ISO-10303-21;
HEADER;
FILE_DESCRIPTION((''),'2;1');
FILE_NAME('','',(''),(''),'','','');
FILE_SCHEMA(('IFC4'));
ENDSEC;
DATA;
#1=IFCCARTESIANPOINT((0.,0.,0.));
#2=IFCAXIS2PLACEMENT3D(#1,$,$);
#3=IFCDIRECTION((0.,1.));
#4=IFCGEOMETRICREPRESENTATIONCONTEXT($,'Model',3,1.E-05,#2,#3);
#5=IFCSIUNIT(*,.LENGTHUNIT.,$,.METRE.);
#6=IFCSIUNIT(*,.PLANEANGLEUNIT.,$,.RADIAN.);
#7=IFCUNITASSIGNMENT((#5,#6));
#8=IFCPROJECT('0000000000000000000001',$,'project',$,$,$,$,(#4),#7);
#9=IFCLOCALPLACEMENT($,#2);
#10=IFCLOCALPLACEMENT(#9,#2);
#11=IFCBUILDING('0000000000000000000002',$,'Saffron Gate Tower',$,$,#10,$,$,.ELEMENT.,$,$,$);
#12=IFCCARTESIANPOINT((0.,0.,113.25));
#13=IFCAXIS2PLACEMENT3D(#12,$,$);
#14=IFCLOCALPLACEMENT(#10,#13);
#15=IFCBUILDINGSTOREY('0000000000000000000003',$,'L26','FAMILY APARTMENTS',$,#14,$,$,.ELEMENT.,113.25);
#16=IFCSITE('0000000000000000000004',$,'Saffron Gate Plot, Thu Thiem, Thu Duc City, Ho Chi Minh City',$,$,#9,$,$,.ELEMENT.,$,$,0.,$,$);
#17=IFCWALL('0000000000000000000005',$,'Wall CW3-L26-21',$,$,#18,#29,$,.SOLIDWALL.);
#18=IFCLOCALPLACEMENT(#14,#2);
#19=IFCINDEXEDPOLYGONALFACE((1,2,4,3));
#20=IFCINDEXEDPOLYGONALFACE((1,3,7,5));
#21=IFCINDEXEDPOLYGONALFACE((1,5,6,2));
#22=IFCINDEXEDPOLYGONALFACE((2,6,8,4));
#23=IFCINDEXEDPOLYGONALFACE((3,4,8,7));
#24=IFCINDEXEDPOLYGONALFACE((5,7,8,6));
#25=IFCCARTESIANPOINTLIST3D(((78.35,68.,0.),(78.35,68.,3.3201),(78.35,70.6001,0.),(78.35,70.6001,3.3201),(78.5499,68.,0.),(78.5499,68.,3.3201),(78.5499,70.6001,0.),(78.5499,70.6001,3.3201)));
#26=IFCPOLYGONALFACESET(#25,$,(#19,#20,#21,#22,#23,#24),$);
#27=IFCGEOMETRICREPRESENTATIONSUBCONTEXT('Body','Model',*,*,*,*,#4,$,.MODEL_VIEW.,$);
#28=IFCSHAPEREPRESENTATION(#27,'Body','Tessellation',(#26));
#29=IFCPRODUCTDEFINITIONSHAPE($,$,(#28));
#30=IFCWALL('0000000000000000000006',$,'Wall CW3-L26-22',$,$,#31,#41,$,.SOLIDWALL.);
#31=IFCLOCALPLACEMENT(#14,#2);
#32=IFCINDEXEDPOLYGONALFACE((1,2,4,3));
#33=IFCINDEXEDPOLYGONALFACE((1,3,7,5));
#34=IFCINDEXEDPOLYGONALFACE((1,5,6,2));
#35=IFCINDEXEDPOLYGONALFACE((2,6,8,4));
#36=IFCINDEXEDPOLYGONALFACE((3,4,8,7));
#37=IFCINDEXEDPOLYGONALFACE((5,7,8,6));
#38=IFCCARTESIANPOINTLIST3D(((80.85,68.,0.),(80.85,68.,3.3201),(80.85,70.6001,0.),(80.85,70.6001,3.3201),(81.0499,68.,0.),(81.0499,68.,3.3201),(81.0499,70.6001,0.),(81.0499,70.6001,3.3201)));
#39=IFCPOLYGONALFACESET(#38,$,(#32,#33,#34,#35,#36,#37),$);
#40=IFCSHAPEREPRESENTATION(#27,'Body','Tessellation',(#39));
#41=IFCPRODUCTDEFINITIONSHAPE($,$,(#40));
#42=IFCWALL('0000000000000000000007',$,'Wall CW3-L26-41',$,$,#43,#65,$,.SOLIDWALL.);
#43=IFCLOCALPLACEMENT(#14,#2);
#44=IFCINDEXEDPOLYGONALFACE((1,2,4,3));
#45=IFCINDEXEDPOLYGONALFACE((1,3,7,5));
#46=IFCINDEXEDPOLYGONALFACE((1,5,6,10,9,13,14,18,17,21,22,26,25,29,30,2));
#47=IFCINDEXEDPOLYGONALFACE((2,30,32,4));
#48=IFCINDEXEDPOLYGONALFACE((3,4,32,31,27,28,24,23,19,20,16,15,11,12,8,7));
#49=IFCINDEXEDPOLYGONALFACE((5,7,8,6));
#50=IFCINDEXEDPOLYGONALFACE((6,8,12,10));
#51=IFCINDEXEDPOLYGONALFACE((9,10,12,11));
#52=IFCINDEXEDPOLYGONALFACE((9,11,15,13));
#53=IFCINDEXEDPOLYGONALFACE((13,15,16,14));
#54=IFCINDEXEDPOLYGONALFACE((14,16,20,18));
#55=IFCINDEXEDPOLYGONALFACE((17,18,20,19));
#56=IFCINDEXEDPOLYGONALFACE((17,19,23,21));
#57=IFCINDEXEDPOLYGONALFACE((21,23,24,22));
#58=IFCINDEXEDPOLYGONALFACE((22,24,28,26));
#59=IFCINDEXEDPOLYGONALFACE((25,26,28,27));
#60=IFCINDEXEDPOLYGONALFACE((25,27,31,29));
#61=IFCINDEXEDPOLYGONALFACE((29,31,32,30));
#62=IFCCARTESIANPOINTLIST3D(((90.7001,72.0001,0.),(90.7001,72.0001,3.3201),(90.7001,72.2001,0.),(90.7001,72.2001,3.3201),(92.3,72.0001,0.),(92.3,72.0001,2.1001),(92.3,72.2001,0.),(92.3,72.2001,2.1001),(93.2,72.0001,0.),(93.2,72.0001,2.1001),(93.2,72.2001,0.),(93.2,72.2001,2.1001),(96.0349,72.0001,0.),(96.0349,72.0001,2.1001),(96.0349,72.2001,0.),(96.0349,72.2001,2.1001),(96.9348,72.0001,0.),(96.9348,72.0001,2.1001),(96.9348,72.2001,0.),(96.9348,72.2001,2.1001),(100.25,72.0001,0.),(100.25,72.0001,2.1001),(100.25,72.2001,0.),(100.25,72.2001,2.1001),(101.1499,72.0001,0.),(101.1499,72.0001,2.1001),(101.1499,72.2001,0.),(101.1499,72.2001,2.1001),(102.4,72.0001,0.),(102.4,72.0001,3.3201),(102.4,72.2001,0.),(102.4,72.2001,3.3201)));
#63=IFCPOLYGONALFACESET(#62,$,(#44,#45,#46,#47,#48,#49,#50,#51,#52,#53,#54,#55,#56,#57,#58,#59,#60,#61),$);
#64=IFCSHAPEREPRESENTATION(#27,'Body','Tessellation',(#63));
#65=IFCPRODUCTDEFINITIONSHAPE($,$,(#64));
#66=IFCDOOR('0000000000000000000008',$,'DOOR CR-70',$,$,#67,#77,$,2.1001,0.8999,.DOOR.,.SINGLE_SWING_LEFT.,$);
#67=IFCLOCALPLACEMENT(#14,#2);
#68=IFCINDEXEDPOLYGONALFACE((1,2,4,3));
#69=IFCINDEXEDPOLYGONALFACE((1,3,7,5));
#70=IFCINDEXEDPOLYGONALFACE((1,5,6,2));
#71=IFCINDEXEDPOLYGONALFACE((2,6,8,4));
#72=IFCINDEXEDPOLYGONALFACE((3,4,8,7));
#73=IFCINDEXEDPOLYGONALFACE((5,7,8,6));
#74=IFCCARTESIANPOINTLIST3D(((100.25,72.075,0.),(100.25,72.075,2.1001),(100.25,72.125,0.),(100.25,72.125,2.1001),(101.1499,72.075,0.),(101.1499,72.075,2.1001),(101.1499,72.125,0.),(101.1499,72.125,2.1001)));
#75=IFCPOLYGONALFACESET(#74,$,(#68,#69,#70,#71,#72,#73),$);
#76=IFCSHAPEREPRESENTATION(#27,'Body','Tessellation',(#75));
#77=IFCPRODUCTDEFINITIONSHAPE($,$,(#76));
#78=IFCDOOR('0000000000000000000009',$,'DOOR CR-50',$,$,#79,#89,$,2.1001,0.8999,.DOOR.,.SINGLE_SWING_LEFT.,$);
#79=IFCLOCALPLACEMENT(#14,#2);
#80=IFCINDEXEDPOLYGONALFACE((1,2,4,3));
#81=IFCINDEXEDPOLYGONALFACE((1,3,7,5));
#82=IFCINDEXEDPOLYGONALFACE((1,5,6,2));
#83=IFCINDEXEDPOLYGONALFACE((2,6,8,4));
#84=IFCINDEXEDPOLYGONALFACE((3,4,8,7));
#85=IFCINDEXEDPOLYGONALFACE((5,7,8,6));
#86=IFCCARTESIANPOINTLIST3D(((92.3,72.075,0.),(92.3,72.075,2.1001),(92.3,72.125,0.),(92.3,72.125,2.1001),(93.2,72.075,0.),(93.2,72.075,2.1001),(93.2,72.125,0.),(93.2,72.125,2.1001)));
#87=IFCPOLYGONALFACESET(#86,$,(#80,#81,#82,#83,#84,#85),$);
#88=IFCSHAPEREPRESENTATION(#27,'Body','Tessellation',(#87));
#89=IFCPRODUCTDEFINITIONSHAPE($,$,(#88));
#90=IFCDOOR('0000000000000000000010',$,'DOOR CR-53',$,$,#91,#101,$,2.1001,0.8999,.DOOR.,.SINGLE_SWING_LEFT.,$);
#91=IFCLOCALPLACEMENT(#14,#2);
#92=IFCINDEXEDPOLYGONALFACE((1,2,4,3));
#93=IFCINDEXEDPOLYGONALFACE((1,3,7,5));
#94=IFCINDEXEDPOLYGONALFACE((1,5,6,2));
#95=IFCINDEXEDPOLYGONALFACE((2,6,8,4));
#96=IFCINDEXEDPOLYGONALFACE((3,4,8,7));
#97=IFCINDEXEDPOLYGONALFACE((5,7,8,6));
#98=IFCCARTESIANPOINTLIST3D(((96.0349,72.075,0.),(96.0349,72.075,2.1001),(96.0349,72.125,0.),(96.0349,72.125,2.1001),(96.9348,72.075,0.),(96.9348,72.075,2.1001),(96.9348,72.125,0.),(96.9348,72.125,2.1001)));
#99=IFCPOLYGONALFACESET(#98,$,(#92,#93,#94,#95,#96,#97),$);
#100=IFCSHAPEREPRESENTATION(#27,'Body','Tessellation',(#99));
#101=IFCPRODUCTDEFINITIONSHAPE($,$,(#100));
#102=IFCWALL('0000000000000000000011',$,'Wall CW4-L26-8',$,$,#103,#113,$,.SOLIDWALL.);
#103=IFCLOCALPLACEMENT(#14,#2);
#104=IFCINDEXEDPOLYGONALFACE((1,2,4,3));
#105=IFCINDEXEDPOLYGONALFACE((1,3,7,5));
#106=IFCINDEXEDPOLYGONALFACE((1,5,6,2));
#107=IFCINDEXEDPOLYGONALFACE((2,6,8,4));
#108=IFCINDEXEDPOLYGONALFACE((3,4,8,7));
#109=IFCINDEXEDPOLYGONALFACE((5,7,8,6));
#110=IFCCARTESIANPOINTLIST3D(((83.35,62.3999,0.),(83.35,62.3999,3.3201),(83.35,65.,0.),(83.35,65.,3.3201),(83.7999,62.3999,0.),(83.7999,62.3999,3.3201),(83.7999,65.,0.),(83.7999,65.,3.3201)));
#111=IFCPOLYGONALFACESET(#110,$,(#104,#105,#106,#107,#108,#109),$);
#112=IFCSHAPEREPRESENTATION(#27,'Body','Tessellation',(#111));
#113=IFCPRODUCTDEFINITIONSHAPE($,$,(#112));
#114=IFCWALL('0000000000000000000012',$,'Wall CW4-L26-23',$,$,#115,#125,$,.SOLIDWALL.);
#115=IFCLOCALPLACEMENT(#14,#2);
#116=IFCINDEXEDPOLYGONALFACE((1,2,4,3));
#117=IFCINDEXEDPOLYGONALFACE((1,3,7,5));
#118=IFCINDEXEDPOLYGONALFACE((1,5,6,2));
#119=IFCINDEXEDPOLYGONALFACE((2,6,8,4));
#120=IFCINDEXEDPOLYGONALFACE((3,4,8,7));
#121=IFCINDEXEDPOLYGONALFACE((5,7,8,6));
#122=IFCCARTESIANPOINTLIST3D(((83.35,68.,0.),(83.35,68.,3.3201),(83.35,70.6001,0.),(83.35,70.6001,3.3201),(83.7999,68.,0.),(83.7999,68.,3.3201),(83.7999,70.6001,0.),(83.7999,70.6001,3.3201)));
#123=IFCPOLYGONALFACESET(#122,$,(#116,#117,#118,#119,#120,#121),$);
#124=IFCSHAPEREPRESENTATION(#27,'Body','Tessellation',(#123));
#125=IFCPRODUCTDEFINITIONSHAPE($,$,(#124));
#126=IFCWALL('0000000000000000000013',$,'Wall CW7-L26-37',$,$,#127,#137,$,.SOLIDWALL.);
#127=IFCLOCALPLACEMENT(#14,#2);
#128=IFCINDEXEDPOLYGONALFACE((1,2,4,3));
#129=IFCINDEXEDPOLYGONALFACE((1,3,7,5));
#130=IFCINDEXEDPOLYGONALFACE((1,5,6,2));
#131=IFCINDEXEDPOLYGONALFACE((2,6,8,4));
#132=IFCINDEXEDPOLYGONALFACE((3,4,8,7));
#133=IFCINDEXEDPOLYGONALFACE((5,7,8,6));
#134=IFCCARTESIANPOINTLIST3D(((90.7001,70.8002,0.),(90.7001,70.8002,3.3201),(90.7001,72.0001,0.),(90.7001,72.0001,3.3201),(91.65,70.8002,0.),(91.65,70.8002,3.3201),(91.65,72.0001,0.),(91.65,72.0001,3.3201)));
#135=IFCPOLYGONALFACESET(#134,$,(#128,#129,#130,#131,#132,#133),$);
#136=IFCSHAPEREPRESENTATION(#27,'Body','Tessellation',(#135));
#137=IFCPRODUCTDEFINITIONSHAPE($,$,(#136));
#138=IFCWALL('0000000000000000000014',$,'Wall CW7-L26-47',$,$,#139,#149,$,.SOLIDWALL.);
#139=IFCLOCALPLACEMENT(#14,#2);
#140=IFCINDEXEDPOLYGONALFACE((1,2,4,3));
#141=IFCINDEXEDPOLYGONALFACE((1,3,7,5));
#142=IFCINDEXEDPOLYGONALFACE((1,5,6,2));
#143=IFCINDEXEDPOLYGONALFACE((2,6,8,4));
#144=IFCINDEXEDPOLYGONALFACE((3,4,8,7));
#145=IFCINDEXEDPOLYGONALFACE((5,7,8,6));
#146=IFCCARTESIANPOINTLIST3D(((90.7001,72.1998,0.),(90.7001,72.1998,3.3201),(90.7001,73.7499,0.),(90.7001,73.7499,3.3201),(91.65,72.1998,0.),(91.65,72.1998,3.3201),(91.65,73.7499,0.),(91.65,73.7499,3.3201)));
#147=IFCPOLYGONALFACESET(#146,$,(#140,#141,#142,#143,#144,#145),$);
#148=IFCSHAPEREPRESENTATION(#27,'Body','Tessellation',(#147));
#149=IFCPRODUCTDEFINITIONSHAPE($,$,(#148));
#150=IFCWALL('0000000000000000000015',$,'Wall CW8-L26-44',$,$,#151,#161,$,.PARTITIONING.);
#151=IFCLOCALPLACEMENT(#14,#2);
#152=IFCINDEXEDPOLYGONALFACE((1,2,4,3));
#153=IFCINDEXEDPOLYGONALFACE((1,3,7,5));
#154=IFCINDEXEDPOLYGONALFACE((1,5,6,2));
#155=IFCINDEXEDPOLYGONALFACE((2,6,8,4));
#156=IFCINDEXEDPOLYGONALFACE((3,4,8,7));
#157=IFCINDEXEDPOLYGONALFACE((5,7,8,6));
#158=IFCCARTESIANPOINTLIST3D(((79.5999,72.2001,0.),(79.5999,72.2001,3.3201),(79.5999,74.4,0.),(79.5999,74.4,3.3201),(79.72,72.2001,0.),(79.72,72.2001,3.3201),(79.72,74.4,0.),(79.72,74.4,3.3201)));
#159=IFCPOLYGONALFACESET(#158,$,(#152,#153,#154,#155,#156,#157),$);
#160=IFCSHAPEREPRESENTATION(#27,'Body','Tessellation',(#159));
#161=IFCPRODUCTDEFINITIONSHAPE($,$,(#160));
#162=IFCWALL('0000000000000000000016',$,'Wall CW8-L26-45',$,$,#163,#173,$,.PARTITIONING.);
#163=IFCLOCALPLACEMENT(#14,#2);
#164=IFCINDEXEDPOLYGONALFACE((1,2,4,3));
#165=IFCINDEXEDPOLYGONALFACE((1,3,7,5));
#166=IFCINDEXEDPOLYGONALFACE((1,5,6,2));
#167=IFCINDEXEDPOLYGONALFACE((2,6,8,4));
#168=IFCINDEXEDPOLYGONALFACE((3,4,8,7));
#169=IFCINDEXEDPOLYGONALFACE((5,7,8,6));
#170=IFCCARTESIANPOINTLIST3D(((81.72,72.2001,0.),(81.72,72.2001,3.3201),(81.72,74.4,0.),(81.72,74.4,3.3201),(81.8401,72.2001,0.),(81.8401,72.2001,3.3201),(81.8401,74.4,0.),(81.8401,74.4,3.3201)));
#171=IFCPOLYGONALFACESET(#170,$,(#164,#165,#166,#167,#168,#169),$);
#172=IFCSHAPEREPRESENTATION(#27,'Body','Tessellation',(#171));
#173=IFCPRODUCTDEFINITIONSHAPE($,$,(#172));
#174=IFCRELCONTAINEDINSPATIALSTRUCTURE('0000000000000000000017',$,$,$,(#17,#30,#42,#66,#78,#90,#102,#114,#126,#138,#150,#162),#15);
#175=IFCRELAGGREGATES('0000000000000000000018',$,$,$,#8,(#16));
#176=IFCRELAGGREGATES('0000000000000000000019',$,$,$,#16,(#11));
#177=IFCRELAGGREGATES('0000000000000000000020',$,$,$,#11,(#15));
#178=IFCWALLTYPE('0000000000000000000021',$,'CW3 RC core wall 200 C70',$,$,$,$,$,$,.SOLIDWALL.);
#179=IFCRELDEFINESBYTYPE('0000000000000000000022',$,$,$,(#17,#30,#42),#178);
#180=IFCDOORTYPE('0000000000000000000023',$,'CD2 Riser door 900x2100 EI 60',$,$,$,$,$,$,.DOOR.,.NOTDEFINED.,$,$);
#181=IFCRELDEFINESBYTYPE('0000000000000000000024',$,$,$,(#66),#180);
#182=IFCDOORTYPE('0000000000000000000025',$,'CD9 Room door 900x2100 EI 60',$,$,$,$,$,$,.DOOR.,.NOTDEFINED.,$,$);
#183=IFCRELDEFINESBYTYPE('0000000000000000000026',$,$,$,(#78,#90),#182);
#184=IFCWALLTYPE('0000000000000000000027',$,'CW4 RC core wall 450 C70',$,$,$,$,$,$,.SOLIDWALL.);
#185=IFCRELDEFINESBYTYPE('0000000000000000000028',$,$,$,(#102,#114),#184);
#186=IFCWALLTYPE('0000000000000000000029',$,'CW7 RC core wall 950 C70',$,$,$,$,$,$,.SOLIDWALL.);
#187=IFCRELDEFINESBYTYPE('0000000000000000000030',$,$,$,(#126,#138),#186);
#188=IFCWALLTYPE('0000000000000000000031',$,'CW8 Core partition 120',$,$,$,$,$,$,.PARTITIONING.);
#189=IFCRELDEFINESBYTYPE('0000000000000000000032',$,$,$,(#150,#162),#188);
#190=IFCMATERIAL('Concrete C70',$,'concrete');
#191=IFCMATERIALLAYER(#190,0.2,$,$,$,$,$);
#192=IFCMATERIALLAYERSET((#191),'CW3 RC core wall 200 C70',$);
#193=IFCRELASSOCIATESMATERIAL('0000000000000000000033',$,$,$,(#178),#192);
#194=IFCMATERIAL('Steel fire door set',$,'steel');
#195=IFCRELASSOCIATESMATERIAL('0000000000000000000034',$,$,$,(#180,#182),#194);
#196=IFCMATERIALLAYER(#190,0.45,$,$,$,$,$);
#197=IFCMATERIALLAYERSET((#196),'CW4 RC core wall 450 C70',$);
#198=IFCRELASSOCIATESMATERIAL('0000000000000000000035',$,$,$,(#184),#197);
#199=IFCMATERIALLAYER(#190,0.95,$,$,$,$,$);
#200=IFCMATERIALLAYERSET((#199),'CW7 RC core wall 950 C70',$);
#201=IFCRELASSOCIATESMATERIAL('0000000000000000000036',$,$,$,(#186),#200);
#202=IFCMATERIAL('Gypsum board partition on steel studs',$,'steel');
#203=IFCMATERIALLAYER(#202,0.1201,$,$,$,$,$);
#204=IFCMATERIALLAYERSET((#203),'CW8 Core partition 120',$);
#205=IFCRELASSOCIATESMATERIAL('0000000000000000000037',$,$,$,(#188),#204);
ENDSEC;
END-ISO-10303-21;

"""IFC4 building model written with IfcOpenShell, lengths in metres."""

from ifc_helpers import new_model, si_unit, direction, frame, frame_2d, origin, place, context, subcontext, project, spatial, rectangle, extrude, material, layer, layer_set, type_object, element, fill, save


model = new_model("IFC4")

# Units and contexts
model_context = context("Model", 3, precision=1e-05, world=origin(), true_north=direction((0.0, 1.0)))
body_context = subcontext(model_context, "Body", "Model", "MODEL_VIEW")
ifc_project = project(units=[si_unit("LENGTHUNIT", "METRE"), si_unit("PLANEANGLEUNIT", "RADIAN")], contexts=[model_context])

# Site, building, storey
site_placement = place(None, origin())
site = spatial("IfcSite", under=ifc_project, at=site_placement, Name="Saffron Gate Plot, Thu Thiem, Thu Duc City, Ho Chi Minh City", CompositionType="ELEMENT", RefElevation=0.0)
building_placement = place(site_placement, origin())
building = spatial("IfcBuilding", under=site, at=building_placement, Name="Saffron Gate Tower", CompositionType="ELEMENT")
storey_placement = place(building_placement, frame((0.0, 0.0, 113.25)))
storey = spatial("IfcBuildingStorey", under=building, at=storey_placement, Name="L26", Description="FAMILY APARTMENTS", CompositionType="ELEMENT", Elevation=113.25)

# Shared definitions
ifc_material_1 = material(Name="Gypsum board partition on steel studs", Category="steel")
ifc_material_2 = material(Name="Concrete C70", Category="concrete")

# Shared definitions
ifc_material_3 = material(Name="Steel fire door set", Category="steel")

# Shared definitions
ifc_layer_1 = layer(ifc_material_2, 0.2)
ifc_layer_set_1 = layer_set([ifc_layer_1], Name="CW3 RC core wall 200 C70")
wall_type_1 = type_object("IfcWallType", Name="CW3 RC core wall 200 C70", PredefinedType="SOLIDWALL", material=ifc_layer_set_1)

# Shared definitions
door_type_1 = type_object("IfcDoorType", Name="CD2 Riser door 900x2100 EI 60", OperationType="NOTDEFINED", PredefinedType="DOOR", material=ifc_material_3)

# Walls
for number, where, z_axis, x_axis, name in (
    (1, (78.45, 68.0, 0.0), (0.0, 0.0, 1.0), (0.0, 1.0, 0.0), "Wall CW3-L26-21"),
    (2, (80.95, 68.0, 0.0), (0.0, 0.0, 1.0), (0.0, 1.0, 0.0), "Wall CW3-L26-22"),
):
    element("IfcWall", number, at=place(storey_placement, frame(where, z_axis=z_axis, x_axis=x_axis)), inside=storey, type_object=wall_type_1, Name=name, PredefinedType="SOLIDWALL", context=body_context, shape_type="SweptSolid", body=[
        extrude(rectangle(XDim=2.6001, YDim=0.2, at=frame_2d((1.3, 0.0))), origin(), (0.0, 0.0, 1.0), 3.3201),
    ])

# Wall, openings, doors
wall_1_placement = place(storey_placement, frame((90.7, 72.1001, 0.0), z_axis=(0.0, 0.0, 1.0), x_axis=(1.0, 0.0, 0.0)))
wall_1 = element("IfcWall", 3, at=wall_1_placement, inside=storey, type_object=wall_type_1, Name="Wall CW3-L26-41", PredefinedType="SOLIDWALL", context=body_context, shape_type="SweptSolid", body=[
    extrude(rectangle(XDim=11.7, YDim=0.2, at=frame_2d((5.8501, 0.0))), origin(), (0.0, 0.0, 1.0), 3.3201),
])
opening_1_placement = place(wall_1_placement, frame((1.6001, 0.0, 0.0)))
opening_1 = element("IfcOpeningElement", 4, at=opening_1_placement, cuts=wall_1, PredefinedType="OPENING", context=body_context, shape_type="SweptSolid", body=[
    extrude(rectangle(XDim=0.8999, YDim=2.1001, at=frame_2d((0.45, 1.05))), frame((0.0, 0.1099, 0.0), z_axis=(0.0, -1.0, 0.0), x_axis=(1.0, 0.0, 0.0)), (0.0, 0.0, 1.0), 0.22),
])
opening_2_placement = place(wall_1_placement, frame((5.335, 0.0, 0.0)))
opening_2 = element("IfcOpeningElement", 5, at=opening_2_placement, cuts=wall_1, PredefinedType="OPENING", context=body_context, shape_type="SweptSolid", body=[
    extrude(rectangle(XDim=0.8999, YDim=2.1001, at=frame_2d((0.45, 1.05))), frame((0.0, 0.1099, 0.0), z_axis=(0.0, -1.0, 0.0), x_axis=(1.0, 0.0, 0.0)), (0.0, 0.0, 1.0), 0.22),
])
opening_3_placement = place(wall_1_placement, frame((9.55, 0.0, 0.0)))
opening_3 = element("IfcOpeningElement", 6, at=opening_3_placement, cuts=wall_1, PredefinedType="OPENING", context=body_context, shape_type="SweptSolid", body=[
    extrude(rectangle(XDim=0.8999, YDim=2.1001, at=frame_2d((0.45, 1.05))), frame((0.0, 0.1099, 0.0), z_axis=(0.0, -1.0, 0.0), x_axis=(1.0, 0.0, 0.0)), (0.0, 0.0, 1.0), 0.22),
])
door_1_placement = place(opening_3_placement, origin())
door_1 = element("IfcDoor", 7, at=door_1_placement, inside=storey, type_object=door_type_1, Name="DOOR CR-70", OperationType="SINGLE_SWING_LEFT", OverallHeight=2.1001, OverallWidth=0.8999, PredefinedType="DOOR", context=body_context, shape_type="SweptSolid", body=[
    extrude(rectangle(XDim=0.8999, YDim=2.1001, at=frame_2d((0.45, 1.05))), frame((0.0, 0.0249, 0.0), z_axis=(0.0, -1.0, 0.0), x_axis=(1.0, 0.0, 0.0)), (0.0, 0.0, 1.0), 0.05),
])
fill(opening_3, door_1)
door_type_2 = type_object("IfcDoorType", Name="CD9 Room door 900x2100 EI 60", OperationType="NOTDEFINED", PredefinedType="DOOR", material=ifc_material_3)
door_2_placement = place(opening_1_placement, origin())
door_2 = element("IfcDoor", 8, at=door_2_placement, inside=storey, type_object=door_type_2, Name="DOOR CR-50", OperationType="SINGLE_SWING_LEFT", OverallHeight=2.1001, OverallWidth=0.8999, PredefinedType="DOOR", context=body_context, shape_type="SweptSolid", body=[
    extrude(rectangle(XDim=0.8999, YDim=2.1001, at=frame_2d((0.45, 1.05))), frame((0.0, 0.0249, 0.0), z_axis=(0.0, -1.0, 0.0), x_axis=(1.0, 0.0, 0.0)), (0.0, 0.0, 1.0), 0.05),
])
fill(opening_1, door_2)
door_3_placement = place(opening_2_placement, origin())
door_3 = element("IfcDoor", 9, at=door_3_placement, inside=storey, type_object=door_type_2, Name="DOOR CR-53", OperationType="SINGLE_SWING_LEFT", OverallHeight=2.1001, OverallWidth=0.8999, PredefinedType="DOOR", context=body_context, shape_type="SweptSolid", body=[
    extrude(rectangle(XDim=0.8999, YDim=2.1001, at=frame_2d((0.45, 1.05))), frame((0.0, 0.0249, 0.0), z_axis=(0.0, -1.0, 0.0), x_axis=(1.0, 0.0, 0.0)), (0.0, 0.0, 1.0), 0.05),
])
fill(opening_2, door_3)

# Walls
ifc_layer_2 = layer(ifc_material_2, 0.45)
ifc_layer_set_2 = layer_set([ifc_layer_2], Name="CW4 RC core wall 450 C70")
wall_type_2 = type_object("IfcWallType", Name="CW4 RC core wall 450 C70", PredefinedType="SOLIDWALL", material=ifc_layer_set_2)
for number, where, z_axis, x_axis, name in (
    (10, (83.575, 62.3999, 0.0), (0.0, 0.0, 1.0), (0.0, 1.0, 0.0), "Wall CW4-L26-8"),
    (11, (83.575, 68.0, 0.0), (0.0, 0.0, 1.0), (0.0, 1.0, 0.0), "Wall CW4-L26-23"),
):
    element("IfcWall", number, at=place(storey_placement, frame(where, z_axis=z_axis, x_axis=x_axis)), inside=storey, type_object=wall_type_2, Name=name, PredefinedType="SOLIDWALL", context=body_context, shape_type="SweptSolid", body=[
        extrude(rectangle(XDim=2.6001, YDim=0.45, at=frame_2d((1.3, 0.0))), origin(), (0.0, 0.0, 1.0), 3.3201),
    ])
ifc_layer_3 = layer(ifc_material_2, 0.95)
ifc_layer_set_3 = layer_set([ifc_layer_3], Name="CW7 RC core wall 950 C70")
wall_type_3 = type_object("IfcWallType", Name="CW7 RC core wall 950 C70", PredefinedType="SOLIDWALL", material=ifc_layer_set_3)
wall_2_placement = place(storey_placement, frame((91.175, 70.8, 0.0), z_axis=(0.0, 0.0, 1.0), x_axis=(0.0, 1.0, 0.0)))
element("IfcWall", 12, at=wall_2_placement, inside=storey, type_object=wall_type_3, Name="Wall CW7-L26-37", PredefinedType="SOLIDWALL", context=body_context, shape_type="SweptSolid", body=[
    extrude(rectangle(XDim=1.2, YDim=0.95, at=frame_2d((0.6001, 0.0))), origin(), (0.0, 0.0, 1.0), 3.3201),
])
wall_3_placement = place(storey_placement, frame((91.175, 72.2, 0.0), z_axis=(0.0, 0.0, 1.0), x_axis=(0.0, 1.0, 0.0)))
element("IfcWall", 13, at=wall_3_placement, inside=storey, type_object=wall_type_3, Name="Wall CW7-L26-47", PredefinedType="SOLIDWALL", context=body_context, shape_type="SweptSolid", body=[
    extrude(rectangle(XDim=1.55, YDim=0.95, at=frame_2d((0.7749, 0.0))), origin(), (0.0, 0.0, 1.0), 3.3201),
])
ifc_layer_4 = layer(ifc_material_1, 0.1201)
ifc_layer_set_4 = layer_set([ifc_layer_4], Name="CW8 Core partition 120")
wall_type_4 = type_object("IfcWallType", Name="CW8 Core partition 120", PredefinedType="PARTITIONING", material=ifc_layer_set_4)
for number, where, z_axis, x_axis, name in (
    (14, (79.6599, 72.2, 0.0), (0.0, 0.0, 1.0), (0.0, 1.0, 0.0), "Wall CW8-L26-44"),
    (15, (81.78, 72.2, 0.0), (0.0, 0.0, 1.0), (0.0, 1.0, 0.0), "Wall CW8-L26-45"),
):
    element("IfcWall", number, at=place(storey_placement, frame(where, z_axis=z_axis, x_axis=x_axis)), inside=storey, type_object=wall_type_4, Name=name, PredefinedType="PARTITIONING", context=body_context, shape_type="SweptSolid", body=[
        extrude(rectangle(XDim=2.2, YDim=0.1201, at=frame_2d((1.1001, 0.0))), origin(), (0.0, 0.0, 1.0), 3.3201),
    ])

save(model, "model.ifc")
